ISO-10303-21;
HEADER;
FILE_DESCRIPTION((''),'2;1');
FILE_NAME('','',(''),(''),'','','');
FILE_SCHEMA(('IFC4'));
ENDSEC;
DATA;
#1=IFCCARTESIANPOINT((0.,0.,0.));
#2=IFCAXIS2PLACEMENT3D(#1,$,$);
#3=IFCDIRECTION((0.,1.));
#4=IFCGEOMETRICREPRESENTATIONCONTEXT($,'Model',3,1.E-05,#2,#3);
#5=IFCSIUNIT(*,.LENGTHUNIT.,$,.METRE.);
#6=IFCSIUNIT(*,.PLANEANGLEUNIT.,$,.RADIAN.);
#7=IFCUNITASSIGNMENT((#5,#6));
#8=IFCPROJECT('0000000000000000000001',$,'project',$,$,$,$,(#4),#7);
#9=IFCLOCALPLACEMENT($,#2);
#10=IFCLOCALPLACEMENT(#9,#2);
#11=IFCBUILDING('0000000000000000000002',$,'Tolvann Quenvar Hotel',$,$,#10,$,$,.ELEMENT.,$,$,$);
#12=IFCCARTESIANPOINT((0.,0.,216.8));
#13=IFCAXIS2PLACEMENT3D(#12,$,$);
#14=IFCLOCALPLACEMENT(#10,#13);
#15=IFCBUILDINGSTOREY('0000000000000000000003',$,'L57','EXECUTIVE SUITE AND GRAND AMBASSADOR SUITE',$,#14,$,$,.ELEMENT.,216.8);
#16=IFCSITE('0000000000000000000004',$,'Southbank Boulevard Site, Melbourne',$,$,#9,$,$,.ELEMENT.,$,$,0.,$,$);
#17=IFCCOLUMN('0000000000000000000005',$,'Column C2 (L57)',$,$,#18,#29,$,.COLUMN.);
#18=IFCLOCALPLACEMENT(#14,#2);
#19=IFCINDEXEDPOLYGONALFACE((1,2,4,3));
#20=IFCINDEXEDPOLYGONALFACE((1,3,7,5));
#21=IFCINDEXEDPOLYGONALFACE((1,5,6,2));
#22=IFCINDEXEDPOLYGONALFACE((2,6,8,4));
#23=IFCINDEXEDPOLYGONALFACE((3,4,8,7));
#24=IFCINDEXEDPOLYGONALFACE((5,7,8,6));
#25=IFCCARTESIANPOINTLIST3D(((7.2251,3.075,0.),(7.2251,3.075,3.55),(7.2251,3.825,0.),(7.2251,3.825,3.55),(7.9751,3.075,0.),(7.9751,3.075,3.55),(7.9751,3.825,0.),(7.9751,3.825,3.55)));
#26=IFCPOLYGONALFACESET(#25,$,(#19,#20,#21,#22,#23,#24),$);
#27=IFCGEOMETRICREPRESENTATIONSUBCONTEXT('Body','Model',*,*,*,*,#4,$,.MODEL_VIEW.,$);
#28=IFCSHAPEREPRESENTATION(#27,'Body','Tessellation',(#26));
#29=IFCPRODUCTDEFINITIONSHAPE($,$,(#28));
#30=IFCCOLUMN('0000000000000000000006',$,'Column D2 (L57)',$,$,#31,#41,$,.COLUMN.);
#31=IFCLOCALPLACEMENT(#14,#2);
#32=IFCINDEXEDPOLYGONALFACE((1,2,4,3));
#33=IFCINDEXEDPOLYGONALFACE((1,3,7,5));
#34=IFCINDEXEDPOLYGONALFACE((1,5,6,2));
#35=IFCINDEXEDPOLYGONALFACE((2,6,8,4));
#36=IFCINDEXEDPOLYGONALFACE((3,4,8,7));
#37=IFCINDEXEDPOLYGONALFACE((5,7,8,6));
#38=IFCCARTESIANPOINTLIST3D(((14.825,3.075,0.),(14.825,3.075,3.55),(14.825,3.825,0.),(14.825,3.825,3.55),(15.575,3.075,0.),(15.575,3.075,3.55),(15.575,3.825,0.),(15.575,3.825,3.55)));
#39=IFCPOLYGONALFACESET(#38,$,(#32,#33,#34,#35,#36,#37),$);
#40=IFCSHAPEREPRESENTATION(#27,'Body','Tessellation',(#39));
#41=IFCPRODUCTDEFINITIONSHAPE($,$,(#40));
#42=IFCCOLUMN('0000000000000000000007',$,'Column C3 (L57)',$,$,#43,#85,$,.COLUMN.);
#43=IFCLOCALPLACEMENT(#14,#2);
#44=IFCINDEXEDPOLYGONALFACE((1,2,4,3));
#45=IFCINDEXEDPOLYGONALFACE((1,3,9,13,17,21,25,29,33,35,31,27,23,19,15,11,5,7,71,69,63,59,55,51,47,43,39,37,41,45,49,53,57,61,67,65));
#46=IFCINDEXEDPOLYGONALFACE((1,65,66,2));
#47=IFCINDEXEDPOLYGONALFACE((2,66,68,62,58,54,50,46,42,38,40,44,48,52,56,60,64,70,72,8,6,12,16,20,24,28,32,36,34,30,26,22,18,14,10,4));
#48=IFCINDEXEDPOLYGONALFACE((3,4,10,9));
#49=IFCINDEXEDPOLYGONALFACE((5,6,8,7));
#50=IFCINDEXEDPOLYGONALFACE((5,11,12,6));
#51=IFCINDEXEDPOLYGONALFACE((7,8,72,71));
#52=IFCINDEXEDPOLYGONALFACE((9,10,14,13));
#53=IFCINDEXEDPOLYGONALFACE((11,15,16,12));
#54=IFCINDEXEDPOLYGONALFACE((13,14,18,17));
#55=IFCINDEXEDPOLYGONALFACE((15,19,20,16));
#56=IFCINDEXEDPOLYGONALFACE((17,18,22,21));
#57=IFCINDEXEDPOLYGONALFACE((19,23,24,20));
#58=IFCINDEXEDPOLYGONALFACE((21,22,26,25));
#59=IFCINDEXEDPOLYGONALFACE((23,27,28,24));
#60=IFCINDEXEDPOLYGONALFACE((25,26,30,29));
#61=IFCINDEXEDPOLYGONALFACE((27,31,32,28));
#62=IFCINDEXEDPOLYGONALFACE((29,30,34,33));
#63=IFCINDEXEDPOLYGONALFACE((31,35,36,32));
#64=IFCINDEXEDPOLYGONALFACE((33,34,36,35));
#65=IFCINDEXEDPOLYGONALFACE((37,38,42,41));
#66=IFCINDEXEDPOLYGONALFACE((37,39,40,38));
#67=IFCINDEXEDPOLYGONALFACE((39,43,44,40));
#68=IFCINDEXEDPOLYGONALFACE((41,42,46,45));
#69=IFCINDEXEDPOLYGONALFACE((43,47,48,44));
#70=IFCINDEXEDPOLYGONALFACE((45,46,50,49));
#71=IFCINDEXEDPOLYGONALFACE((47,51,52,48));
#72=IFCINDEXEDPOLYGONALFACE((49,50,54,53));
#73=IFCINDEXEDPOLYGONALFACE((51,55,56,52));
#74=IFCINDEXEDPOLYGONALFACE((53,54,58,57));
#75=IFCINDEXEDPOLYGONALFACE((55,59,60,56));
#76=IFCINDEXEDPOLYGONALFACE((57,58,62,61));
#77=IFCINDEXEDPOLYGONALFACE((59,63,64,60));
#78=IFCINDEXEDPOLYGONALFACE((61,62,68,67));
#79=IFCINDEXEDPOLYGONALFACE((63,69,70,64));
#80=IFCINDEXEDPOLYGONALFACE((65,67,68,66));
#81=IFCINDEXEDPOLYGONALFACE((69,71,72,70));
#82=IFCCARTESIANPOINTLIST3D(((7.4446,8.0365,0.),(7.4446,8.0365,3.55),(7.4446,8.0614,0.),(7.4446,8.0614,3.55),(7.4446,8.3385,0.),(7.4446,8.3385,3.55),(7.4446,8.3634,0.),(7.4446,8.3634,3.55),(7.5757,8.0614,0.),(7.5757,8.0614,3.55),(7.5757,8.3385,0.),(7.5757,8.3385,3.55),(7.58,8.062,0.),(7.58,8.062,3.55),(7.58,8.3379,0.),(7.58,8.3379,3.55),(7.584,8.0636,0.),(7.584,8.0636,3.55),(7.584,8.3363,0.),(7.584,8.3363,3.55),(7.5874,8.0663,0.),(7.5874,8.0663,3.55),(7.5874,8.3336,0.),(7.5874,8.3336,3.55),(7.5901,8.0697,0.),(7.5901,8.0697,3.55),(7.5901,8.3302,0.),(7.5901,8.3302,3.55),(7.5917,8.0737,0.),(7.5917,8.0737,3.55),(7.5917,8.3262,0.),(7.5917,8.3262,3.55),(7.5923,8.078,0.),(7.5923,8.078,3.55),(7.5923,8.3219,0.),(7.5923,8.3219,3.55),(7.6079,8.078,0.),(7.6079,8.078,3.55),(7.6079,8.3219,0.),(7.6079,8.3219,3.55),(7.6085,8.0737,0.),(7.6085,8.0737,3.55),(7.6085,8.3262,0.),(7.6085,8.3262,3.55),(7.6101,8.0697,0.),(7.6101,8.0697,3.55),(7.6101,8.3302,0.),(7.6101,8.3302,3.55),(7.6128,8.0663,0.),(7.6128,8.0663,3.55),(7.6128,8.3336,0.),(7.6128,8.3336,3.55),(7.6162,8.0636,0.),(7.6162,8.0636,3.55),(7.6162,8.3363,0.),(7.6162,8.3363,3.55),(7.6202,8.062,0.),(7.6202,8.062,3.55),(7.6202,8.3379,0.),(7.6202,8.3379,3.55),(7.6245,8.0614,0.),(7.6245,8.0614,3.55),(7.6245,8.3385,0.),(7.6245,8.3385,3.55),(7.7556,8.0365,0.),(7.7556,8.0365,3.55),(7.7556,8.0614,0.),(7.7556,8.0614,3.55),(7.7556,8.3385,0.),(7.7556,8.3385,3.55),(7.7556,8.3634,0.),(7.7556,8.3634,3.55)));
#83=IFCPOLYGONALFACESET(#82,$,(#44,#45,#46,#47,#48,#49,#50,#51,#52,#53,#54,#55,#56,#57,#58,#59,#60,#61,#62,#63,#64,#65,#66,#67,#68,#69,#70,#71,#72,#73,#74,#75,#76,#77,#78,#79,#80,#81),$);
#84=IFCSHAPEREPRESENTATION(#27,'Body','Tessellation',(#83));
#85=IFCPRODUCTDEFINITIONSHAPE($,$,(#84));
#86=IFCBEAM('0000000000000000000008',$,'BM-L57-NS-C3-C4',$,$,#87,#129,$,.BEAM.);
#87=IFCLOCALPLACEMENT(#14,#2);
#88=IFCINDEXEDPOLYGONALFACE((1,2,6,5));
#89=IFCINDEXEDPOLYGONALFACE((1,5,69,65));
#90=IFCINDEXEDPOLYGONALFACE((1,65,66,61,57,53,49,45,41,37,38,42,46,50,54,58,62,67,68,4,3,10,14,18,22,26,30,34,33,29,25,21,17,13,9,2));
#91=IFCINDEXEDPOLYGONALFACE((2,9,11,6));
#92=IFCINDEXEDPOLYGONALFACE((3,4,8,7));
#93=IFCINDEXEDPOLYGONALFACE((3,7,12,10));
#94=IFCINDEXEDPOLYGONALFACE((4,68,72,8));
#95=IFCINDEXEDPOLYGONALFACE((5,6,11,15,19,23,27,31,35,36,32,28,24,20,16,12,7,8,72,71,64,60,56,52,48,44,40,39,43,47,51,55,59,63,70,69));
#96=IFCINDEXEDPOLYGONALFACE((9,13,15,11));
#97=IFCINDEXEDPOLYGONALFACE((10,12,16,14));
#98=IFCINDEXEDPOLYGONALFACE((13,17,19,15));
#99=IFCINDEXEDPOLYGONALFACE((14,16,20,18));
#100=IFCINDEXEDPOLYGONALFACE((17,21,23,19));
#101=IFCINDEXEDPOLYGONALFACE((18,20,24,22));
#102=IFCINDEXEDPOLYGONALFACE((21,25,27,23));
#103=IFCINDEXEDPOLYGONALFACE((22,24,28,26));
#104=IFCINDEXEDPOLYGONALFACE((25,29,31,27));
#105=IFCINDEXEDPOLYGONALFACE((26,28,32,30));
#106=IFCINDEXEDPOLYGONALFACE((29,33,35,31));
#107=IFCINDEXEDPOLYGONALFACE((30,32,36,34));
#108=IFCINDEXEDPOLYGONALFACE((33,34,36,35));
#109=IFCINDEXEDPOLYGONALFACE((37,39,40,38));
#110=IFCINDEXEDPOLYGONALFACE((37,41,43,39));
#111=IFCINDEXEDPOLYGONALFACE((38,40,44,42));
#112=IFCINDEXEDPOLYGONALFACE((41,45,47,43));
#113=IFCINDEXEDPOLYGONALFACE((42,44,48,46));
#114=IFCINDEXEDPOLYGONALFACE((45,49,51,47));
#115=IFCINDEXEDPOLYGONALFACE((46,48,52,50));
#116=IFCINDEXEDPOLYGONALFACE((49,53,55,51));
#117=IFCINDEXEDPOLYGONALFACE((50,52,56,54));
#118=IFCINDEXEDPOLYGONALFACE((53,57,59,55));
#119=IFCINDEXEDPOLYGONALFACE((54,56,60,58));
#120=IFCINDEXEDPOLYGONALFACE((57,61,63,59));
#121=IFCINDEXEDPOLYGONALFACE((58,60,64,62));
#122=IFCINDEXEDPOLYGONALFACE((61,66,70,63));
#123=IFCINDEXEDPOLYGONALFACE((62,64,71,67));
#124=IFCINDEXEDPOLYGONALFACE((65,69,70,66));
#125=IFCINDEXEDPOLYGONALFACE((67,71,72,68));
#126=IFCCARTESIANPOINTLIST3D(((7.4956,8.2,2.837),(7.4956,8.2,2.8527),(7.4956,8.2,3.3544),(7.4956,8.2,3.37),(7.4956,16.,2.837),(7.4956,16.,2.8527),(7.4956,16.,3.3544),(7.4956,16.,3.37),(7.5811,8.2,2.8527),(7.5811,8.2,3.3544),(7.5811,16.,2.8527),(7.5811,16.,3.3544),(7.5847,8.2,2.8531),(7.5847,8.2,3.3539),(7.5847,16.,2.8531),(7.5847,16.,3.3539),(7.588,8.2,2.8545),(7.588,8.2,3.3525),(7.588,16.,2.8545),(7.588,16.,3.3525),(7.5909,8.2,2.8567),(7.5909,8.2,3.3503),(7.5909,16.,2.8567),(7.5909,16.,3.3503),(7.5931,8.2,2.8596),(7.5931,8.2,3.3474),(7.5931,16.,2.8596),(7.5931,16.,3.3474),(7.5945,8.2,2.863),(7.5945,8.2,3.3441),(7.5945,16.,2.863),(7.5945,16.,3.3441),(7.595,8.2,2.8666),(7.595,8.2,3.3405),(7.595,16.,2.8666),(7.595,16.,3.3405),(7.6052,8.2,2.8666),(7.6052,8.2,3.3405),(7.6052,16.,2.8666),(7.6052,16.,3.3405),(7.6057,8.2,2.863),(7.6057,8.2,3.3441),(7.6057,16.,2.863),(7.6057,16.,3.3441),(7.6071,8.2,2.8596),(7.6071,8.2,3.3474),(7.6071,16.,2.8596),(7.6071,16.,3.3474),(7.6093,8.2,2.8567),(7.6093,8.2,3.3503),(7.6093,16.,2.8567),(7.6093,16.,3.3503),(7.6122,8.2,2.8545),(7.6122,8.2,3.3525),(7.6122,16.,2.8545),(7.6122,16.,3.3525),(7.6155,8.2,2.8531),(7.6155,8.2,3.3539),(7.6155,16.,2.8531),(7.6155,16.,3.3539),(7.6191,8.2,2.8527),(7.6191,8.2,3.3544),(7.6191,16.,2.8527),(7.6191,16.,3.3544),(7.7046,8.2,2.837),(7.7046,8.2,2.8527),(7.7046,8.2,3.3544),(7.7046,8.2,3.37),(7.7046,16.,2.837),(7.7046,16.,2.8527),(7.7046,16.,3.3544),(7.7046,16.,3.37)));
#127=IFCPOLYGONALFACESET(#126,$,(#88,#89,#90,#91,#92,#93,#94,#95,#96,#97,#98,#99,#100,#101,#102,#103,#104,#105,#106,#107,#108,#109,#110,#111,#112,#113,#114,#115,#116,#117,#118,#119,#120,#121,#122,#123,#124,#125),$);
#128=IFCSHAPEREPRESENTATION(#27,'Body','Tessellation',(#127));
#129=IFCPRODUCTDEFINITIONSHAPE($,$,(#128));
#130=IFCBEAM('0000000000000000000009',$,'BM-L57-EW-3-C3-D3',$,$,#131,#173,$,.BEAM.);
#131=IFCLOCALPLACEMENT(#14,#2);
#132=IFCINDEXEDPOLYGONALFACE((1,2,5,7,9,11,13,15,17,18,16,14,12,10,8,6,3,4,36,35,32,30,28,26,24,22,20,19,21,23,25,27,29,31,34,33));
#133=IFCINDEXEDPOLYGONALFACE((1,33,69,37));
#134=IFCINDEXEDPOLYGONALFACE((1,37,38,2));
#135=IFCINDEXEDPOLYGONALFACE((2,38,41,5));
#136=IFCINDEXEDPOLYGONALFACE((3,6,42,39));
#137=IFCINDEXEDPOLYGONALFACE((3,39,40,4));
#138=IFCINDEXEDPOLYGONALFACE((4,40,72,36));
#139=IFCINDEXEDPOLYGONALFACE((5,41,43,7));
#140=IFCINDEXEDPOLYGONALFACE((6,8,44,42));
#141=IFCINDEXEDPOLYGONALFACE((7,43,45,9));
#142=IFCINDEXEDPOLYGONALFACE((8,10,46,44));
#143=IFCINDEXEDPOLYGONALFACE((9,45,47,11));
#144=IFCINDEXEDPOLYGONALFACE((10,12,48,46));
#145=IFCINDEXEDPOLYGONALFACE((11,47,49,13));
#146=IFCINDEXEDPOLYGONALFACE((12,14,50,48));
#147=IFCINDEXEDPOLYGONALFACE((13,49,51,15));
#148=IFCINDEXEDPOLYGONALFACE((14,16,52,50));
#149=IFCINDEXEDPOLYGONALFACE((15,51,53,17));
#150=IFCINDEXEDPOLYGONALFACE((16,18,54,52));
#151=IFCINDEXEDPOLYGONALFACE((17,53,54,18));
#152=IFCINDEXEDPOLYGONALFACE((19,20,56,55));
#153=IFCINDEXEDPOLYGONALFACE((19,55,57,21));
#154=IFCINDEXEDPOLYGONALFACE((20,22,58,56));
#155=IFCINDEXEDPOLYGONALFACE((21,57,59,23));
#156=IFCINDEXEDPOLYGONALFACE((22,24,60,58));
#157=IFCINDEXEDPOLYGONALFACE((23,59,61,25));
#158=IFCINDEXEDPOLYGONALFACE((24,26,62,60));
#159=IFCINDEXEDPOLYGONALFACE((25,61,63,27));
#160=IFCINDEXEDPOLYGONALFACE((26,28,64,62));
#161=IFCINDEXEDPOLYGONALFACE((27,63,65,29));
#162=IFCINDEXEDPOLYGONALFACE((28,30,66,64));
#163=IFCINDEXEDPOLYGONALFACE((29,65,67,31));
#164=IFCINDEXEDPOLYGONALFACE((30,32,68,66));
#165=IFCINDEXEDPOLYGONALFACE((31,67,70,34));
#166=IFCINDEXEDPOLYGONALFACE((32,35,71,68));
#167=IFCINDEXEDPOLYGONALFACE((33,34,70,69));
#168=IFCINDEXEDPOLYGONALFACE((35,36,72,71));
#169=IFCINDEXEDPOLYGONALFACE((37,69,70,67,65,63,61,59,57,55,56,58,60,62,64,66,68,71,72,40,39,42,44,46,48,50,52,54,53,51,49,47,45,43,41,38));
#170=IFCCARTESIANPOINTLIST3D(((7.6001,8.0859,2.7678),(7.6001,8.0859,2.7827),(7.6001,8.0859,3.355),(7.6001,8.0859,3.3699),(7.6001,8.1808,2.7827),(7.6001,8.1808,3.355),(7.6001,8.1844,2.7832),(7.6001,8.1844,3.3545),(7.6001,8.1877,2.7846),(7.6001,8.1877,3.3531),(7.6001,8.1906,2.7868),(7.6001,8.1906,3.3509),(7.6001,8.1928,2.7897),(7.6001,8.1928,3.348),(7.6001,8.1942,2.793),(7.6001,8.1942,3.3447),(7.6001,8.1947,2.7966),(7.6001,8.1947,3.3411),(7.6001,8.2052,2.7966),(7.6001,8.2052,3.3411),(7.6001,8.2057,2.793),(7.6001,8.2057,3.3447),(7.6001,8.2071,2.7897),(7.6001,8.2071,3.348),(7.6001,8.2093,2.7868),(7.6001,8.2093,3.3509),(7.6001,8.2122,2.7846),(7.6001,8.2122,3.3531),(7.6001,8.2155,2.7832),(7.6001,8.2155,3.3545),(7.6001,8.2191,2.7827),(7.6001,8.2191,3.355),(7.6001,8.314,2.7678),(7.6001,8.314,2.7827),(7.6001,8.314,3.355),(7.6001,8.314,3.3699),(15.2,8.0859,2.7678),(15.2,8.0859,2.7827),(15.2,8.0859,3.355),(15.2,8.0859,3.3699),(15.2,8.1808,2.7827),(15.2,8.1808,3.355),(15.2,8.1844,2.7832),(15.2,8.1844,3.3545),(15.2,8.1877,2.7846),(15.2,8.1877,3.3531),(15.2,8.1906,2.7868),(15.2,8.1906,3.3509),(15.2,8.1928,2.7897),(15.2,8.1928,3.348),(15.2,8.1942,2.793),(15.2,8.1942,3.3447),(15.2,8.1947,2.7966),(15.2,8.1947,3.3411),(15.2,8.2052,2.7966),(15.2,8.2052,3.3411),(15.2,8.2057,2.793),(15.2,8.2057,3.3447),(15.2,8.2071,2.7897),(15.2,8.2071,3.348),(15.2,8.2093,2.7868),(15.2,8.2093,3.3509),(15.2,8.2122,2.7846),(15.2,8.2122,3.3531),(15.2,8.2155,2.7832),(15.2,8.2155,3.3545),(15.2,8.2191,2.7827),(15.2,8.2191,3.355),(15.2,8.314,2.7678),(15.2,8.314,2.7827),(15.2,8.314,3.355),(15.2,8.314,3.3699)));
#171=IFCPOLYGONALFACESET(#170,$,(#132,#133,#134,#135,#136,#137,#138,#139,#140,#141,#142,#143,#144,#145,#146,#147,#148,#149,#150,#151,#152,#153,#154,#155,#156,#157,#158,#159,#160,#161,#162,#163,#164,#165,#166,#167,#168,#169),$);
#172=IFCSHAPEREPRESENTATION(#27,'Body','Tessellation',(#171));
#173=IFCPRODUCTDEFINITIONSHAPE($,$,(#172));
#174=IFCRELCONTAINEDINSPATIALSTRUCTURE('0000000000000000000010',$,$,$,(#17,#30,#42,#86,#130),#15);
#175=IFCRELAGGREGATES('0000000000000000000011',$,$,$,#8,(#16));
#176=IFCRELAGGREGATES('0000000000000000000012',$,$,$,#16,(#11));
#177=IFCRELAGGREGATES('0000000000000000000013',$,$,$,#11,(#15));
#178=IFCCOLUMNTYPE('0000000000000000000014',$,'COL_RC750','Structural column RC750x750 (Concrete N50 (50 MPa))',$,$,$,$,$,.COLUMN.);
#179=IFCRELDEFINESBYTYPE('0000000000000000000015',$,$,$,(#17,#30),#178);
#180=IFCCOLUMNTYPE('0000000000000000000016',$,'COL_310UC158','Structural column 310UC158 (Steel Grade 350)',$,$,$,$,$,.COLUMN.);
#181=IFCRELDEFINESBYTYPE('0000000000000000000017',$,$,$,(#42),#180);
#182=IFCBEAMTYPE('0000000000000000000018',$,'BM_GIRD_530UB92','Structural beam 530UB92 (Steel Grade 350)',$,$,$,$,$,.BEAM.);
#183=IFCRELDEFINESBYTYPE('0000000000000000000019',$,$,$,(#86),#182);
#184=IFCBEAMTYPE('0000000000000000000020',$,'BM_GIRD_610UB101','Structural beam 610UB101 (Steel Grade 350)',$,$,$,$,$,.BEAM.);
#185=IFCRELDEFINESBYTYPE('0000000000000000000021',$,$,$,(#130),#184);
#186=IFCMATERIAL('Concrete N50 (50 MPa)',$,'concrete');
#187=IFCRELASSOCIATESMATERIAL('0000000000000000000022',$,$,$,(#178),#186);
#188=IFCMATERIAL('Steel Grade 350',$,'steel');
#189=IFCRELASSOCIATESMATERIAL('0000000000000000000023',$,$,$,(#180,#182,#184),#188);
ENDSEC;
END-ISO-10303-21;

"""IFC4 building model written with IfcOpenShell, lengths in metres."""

from ifc_helpers import new_model, si_unit, direction, frame, origin, origin_2d, place, context, subcontext, project, spatial, rectangle, i_section, extrude, source, transform, mapped, material, material_profile, profile_set, type_object, type_shapes, element, save


model = new_model("IFC4")

# Units and contexts
model_context = context("Model", 3, precision=1e-05, world=origin(), true_north=direction((0.0, 1.0)))
body_context = subcontext(model_context, "Body", "Model", "MODEL_VIEW")
ifc_project = project(units=[si_unit("LENGTHUNIT", "METRE"), si_unit("PLANEANGLEUNIT", "RADIAN")], contexts=[model_context])

# Site, building, storey
site_placement = place(None, origin())
site = spatial("IfcSite", under=ifc_project, at=site_placement, Name="Southbank Boulevard Site, Melbourne", CompositionType="ELEMENT", RefElevation=0.0)
building_placement = place(site_placement, origin())
building = spatial("IfcBuilding", under=site, at=building_placement, Name="Tolvann Quenvar Hotel", CompositionType="ELEMENT")
storey_placement = place(building_placement, frame((0.0, 0.0, 216.8)))
storey = spatial("IfcBuildingStorey", under=building, at=storey_placement, Name="L57", Description="EXECUTIVE SUITE AND GRAND AMBASSADOR SUITE", CompositionType="ELEMENT", Elevation=216.8)

# Columns
ifc_material_1 = material(Name="Concrete N50 (50 MPa)", Category="concrete")
ifc_material_profile_1 = material_profile(ifc_material_1, rectangle(XDim=0.75, YDim=0.75, at=origin_2d()), Name="RC750x750")
ifc_profile_set_1 = profile_set([ifc_material_profile_1], Name="Concrete N50 (50 MPa)")
column_type_1 = type_object("IfcColumnType", Name="COL_RC750", Description="Structural column RC750x750 (Concrete N50 (50 MPa))", PredefinedType="COLUMN", material=ifc_profile_set_1)
shared_shape_1 = source(origin(), body_context, "Body", "SweptSolid", [
    extrude(rectangle(XDim=0.75, YDim=0.75, at=origin_2d()), origin(), (0.0, 0.0, 1.0), 3.55),
])
type_shapes(column_type_1, [shared_shape_1])
for number, where, z_axis, x_axis, name in (
    (1, (7.6001, 3.45, 0.0), (0.0, 0.0, 1.0), (1.0, 0.0, 0.0), "Column C2 (L57)"),
    (2, (15.2, 3.45, 0.0), (0.0, 0.0, 1.0), (1.0, 0.0, 0.0), "Column D2 (L57)"),
):
    element("IfcColumn", number, at=place(storey_placement, frame(where, z_axis=z_axis, x_axis=x_axis)), inside=storey, type_object=column_type_1, Name=name, PredefinedType="COLUMN", context=body_context, shape_type="MappedRepresentation", body=[
        mapped(shared_shape_1, transform((0.0, 0.0, 0.0), x_axis=(1.0, 0.0, 0.0), y_axis=(0.0, 1.0, 0.0), z_axis=(0.0, 0.0, 1.0), scale=1.0)),
    ])
ifc_material_2 = material(Name="Steel Grade 350", Category="steel")
ifc_material_profile_2 = material_profile(ifc_material_2, i_section(OverallWidth=0.311, OverallDepth=0.3269, WebThickness=0.0156, FlangeThickness=0.0249, FilletRadius=0.0166, at=origin_2d()), Name="310UC158")
ifc_profile_set_2 = profile_set([ifc_material_profile_2], Name="Steel Grade 350")
column_type_2 = type_object("IfcColumnType", Name="COL_310UC158", Description="Structural column 310UC158 (Steel Grade 350)", PredefinedType="COLUMN", material=ifc_profile_set_2)
shared_shape_2 = source(origin(), body_context, "Body", "SweptSolid", [
    extrude(i_section(OverallWidth=0.311, OverallDepth=0.3269, WebThickness=0.0156, FlangeThickness=0.0249, FilletRadius=0.0166, at=origin_2d()), origin(), (0.0, 0.0, 1.0), 3.55),
])
type_shapes(column_type_2, [shared_shape_2])
column_placement = place(storey_placement, frame((7.6001, 8.2, 0.0), z_axis=(0.0, 0.0, 1.0), x_axis=(1.0, 0.0, 0.0)))
element("IfcColumn", 3, at=column_placement, inside=storey, type_object=column_type_2, Name="Column C3 (L57)", PredefinedType="COLUMN", context=body_context, shape_type="MappedRepresentation", body=[
    mapped(shared_shape_2, transform((0.0, 0.0, 0.0), x_axis=(1.0, 0.0, 0.0), y_axis=(0.0, 1.0, 0.0), z_axis=(0.0, 0.0, 1.0), scale=1.0)),
])

# Beams
ifc_material_profile_3 = material_profile(ifc_material_2, i_section(OverallWidth=0.209, OverallDepth=0.533, WebThickness=0.0103, FlangeThickness=0.0156, FilletRadius=0.0139, at=origin_2d()), Name="530UB92")
ifc_profile_set_3 = profile_set([ifc_material_profile_3], Name="Steel Grade 350")
beam_type_1 = type_object("IfcBeamType", Name="BM_GIRD_530UB92", Description="Structural beam 530UB92 (Steel Grade 350)", PredefinedType="BEAM", material=ifc_profile_set_3)
shared_shape_3 = source(origin(), body_context, "Body", "SweptSolid", [
    extrude(i_section(OverallWidth=0.209, OverallDepth=0.533, WebThickness=0.0103, FlangeThickness=0.0156, FilletRadius=0.0139, at=origin_2d()), origin(), (0.0, 0.0, 1.0), 7.8),
])
beam_1_placement = place(storey_placement, frame((7.6001, 8.2, 3.1035), z_axis=(0.0, 1.0, 0.0), x_axis=(-1.0, 0.0, 0.0)))
element("IfcBeam", 4, at=beam_1_placement, inside=storey, type_object=beam_type_1, Name="BM-L57-NS-C3-C4", PredefinedType="BEAM", context=body_context, shape_type="MappedRepresentation", body=[
    mapped(shared_shape_3, transform((0.0, 0.0, 0.0), x_axis=(1.0, 0.0, 0.0), y_axis=(0.0, 1.0, 0.0), z_axis=(0.0, 0.0, 1.0), scale=1.0)),
])
ifc_material_profile_4 = material_profile(ifc_material_2, i_section(OverallWidth=0.228, OverallDepth=0.6021, WebThickness=0.0105, FlangeThickness=0.0149, FilletRadius=0.0139, at=origin_2d()), Name="610UB101")
ifc_profile_set_4 = profile_set([ifc_material_profile_4], Name="Steel Grade 350")
beam_type_2 = type_object("IfcBeamType", Name="BM_GIRD_610UB101", Description="Structural beam 610UB101 (Steel Grade 350)", PredefinedType="BEAM", material=ifc_profile_set_4)
shared_shape_4 = source(origin(), body_context, "Body", "SweptSolid", [
    extrude(i_section(OverallWidth=0.228, OverallDepth=0.6021, WebThickness=0.0105, FlangeThickness=0.0149, FilletRadius=0.0139, at=origin_2d()), origin(), (0.0, 0.0, 1.0), 7.5999),
])
type_shapes(beam_type_2, [shared_shape_4])
beam_2_placement = place(storey_placement, frame((7.6001, 8.2, 3.0688), z_axis=(1.0, 0.0, 0.0), x_axis=(0.0, 1.0, 0.0)))
element("IfcBeam", 5, at=beam_2_placement, inside=storey, type_object=beam_type_2, Name="BM-L57-EW-3-C3-D3", PredefinedType="BEAM", context=body_context, shape_type="MappedRepresentation", body=[
    mapped(shared_shape_4, transform((0.0, 0.0, 0.0), x_axis=(1.0, 0.0, 0.0), y_axis=(0.0, 1.0, 0.0), z_axis=(0.0, 0.0, 1.0), scale=1.0)),
])

save(model, "model.ifc")
